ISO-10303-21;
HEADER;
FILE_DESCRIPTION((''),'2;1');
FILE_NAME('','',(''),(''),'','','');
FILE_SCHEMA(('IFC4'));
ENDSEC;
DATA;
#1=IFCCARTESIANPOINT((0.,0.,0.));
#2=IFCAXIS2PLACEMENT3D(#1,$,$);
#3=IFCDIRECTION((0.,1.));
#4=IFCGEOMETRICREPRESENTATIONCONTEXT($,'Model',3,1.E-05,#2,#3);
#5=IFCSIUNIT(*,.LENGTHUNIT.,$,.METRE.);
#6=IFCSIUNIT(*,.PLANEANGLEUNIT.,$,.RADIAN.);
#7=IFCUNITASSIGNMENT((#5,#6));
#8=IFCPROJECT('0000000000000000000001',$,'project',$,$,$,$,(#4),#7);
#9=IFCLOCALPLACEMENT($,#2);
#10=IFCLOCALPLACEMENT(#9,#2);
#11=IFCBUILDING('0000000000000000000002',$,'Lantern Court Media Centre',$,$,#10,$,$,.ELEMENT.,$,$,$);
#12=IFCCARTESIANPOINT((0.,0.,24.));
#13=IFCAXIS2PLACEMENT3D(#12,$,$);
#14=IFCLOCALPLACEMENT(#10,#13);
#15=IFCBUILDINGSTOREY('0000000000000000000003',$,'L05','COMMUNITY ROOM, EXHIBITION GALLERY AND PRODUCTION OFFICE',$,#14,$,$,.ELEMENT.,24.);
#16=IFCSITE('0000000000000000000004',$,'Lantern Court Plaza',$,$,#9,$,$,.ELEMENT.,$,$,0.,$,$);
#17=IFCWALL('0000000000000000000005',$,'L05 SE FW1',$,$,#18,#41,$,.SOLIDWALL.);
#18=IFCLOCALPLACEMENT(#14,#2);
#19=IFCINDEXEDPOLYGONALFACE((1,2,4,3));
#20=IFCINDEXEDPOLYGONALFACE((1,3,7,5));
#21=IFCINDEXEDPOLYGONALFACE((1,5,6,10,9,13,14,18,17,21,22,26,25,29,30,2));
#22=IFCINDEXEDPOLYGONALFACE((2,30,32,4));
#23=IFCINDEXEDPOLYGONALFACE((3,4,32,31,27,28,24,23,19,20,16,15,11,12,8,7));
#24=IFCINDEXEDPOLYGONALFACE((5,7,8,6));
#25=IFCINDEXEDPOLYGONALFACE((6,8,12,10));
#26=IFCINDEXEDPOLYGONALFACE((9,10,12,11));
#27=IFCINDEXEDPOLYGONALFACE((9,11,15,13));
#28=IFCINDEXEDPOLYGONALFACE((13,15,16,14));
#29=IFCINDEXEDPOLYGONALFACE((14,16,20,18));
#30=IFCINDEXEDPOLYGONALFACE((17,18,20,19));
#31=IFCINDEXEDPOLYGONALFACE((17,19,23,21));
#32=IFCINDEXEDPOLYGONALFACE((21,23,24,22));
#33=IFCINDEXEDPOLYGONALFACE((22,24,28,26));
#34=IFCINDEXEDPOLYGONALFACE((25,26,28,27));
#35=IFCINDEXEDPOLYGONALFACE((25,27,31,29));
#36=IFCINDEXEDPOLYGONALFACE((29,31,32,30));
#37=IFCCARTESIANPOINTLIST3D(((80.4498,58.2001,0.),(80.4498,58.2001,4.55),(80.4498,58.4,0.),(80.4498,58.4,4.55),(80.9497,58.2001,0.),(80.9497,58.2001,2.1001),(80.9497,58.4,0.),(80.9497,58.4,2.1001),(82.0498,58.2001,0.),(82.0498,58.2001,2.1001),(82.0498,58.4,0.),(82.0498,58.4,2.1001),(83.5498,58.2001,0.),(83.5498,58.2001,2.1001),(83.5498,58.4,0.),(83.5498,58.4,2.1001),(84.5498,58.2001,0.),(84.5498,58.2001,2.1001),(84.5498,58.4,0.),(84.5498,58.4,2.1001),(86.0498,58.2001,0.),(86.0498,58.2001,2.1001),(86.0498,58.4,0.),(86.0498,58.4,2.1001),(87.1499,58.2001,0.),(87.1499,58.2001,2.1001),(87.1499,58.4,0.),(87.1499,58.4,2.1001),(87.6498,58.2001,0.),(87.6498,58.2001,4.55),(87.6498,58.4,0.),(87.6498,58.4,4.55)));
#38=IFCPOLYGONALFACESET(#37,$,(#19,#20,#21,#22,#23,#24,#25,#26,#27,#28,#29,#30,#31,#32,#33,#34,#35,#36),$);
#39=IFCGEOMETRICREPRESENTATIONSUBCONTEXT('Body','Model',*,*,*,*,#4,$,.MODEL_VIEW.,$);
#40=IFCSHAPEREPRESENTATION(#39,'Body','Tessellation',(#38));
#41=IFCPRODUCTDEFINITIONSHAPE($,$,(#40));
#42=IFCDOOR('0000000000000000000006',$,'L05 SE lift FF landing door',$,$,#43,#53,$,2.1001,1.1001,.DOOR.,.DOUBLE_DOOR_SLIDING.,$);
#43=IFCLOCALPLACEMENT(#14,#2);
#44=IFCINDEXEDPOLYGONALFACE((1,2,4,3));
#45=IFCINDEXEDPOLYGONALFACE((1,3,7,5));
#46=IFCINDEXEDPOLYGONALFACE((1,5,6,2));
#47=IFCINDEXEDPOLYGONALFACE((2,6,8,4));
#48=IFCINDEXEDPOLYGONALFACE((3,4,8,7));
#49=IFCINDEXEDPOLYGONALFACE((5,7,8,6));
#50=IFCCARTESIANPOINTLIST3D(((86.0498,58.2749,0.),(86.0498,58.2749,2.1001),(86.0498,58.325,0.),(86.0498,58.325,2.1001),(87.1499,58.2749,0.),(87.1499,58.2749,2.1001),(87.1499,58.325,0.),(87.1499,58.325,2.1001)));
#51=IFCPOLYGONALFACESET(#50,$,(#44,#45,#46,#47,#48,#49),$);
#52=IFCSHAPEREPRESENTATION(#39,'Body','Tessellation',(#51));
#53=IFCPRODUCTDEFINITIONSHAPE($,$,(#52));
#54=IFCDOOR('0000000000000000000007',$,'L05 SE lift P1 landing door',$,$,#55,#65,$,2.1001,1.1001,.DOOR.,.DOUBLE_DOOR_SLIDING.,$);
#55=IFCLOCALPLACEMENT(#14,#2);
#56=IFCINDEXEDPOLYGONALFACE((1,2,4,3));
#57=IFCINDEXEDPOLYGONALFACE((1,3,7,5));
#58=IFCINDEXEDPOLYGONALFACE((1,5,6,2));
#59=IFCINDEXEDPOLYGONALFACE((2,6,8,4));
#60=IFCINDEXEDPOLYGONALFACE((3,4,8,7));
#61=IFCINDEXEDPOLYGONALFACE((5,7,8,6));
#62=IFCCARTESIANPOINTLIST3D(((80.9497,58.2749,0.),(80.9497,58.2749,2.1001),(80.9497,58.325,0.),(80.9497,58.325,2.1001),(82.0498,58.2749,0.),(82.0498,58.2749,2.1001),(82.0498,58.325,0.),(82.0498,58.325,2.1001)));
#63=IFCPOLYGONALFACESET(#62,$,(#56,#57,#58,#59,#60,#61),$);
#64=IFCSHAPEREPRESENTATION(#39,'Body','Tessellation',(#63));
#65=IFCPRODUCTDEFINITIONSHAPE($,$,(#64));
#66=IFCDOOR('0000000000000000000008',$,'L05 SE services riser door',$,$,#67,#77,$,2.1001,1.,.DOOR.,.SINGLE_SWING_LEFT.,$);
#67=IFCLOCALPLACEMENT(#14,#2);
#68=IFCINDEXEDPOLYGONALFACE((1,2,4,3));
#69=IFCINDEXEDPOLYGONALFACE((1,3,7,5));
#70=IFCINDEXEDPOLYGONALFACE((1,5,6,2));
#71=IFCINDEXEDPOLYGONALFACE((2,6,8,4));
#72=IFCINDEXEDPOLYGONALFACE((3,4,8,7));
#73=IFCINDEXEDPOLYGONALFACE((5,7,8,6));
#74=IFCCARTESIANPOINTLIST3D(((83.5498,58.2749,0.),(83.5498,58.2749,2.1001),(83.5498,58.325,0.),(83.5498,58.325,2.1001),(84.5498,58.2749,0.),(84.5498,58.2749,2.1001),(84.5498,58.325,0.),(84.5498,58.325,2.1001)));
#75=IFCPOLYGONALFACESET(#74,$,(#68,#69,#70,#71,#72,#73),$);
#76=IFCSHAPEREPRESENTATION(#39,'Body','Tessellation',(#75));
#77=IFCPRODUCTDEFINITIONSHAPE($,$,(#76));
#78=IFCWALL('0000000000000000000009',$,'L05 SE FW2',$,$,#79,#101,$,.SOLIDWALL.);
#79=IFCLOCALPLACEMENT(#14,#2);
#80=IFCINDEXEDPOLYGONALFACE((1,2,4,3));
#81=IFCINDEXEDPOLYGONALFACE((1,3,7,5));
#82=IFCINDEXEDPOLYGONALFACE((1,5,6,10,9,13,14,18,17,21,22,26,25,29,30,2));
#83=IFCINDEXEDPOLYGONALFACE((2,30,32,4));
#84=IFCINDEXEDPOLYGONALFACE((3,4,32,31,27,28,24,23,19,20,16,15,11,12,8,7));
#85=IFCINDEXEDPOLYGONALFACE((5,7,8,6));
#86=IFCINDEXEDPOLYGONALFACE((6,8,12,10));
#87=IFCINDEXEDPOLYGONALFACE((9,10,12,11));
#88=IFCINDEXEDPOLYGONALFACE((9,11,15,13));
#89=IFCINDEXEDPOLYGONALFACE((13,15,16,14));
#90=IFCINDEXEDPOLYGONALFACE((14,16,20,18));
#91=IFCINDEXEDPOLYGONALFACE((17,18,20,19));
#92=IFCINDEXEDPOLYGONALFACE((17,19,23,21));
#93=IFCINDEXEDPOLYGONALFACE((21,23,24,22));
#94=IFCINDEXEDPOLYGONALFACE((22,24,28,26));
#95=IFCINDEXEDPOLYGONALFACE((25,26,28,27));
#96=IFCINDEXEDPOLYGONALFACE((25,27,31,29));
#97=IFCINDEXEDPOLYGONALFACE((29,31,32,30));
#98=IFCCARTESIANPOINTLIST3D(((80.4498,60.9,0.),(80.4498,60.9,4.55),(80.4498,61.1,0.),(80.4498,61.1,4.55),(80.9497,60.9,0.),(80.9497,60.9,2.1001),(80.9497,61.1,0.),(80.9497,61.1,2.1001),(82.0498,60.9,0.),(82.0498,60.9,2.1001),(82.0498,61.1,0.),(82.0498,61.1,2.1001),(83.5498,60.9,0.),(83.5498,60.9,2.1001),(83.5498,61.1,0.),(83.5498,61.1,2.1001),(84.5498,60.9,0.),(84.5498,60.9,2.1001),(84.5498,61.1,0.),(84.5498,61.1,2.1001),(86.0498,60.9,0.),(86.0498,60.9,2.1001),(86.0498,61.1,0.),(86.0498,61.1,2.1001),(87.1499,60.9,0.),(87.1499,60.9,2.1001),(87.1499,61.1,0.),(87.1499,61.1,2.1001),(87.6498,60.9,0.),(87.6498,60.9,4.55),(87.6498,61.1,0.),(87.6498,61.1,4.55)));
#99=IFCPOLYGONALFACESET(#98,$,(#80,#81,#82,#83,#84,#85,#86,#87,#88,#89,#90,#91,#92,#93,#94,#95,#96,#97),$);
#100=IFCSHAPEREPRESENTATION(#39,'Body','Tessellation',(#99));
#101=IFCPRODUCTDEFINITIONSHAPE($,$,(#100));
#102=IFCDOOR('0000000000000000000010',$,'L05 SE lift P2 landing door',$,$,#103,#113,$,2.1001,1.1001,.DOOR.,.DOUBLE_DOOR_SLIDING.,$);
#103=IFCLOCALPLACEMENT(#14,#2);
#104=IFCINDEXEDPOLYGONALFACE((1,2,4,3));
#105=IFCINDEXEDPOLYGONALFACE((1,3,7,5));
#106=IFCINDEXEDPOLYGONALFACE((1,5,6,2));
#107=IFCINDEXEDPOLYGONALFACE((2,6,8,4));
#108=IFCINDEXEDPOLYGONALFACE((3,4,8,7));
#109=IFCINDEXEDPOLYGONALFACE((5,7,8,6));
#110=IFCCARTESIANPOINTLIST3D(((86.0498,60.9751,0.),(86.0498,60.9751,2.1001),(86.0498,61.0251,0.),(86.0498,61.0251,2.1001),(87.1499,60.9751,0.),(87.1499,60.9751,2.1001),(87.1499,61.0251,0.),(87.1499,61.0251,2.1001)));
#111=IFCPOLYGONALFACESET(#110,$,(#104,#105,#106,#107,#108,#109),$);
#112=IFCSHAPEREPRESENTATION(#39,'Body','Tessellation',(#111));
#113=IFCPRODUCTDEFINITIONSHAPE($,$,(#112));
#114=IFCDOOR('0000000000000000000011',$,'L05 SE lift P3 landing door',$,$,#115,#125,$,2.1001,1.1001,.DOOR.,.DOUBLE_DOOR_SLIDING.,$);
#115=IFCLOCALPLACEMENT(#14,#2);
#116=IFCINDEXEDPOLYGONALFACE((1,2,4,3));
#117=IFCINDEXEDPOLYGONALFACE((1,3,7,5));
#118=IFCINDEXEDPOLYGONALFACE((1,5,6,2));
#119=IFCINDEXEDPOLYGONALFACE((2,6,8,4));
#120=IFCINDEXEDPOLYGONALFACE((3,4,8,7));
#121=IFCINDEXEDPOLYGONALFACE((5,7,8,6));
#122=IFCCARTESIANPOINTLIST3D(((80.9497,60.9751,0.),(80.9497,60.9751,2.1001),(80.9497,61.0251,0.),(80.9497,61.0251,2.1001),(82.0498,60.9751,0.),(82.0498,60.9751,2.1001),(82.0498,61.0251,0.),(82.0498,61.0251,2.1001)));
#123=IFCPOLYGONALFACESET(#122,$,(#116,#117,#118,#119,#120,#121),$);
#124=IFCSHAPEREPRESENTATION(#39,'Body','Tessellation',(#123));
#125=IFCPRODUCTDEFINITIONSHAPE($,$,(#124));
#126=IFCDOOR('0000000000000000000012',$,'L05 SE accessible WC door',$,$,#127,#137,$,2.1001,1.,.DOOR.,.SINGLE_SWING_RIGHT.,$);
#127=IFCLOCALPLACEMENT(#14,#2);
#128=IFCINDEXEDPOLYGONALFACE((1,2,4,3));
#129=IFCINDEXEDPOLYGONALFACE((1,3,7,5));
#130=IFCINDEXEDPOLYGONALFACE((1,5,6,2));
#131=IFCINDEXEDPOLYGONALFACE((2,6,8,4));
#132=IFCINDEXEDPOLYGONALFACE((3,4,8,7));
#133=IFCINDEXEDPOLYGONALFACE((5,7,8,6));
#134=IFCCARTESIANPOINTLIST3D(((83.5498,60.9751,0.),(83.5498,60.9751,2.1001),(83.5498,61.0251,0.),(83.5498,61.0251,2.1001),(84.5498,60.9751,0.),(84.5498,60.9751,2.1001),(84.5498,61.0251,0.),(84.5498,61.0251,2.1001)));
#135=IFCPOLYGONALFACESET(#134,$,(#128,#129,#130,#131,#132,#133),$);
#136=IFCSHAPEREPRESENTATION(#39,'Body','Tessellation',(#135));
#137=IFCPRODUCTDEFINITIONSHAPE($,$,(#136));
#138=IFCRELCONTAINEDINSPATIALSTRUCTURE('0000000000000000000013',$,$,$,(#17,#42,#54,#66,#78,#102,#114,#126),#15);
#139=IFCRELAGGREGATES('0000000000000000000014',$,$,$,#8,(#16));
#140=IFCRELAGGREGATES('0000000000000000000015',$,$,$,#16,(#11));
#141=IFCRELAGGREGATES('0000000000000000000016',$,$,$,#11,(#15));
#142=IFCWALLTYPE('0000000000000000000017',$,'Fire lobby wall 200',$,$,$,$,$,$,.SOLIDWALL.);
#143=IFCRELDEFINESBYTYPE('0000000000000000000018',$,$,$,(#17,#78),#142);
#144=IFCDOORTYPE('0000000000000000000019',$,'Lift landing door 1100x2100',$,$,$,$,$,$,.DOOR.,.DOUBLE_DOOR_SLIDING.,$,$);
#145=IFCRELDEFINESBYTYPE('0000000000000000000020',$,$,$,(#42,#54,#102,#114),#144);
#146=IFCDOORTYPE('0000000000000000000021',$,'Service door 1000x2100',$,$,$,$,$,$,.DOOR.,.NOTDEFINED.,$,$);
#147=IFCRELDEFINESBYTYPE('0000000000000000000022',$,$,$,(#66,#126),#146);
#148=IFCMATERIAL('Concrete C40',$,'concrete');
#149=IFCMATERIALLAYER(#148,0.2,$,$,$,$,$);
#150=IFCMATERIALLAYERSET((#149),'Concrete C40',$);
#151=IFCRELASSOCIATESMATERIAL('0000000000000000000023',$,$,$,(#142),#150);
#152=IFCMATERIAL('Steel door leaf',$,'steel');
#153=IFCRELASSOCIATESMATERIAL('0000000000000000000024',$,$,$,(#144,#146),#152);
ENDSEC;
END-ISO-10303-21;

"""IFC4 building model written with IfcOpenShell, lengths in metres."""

from ifc_helpers import new_model, si_unit, direction, frame, frame_2d, origin, place, context, subcontext, project, spatial, rectangle, extrude, material, layer, layer_set, type_object, element, fill, save


model = new_model("IFC4")

# Units and contexts
model_context = context("Model", 3, precision=1e-05, world=origin(), true_north=direction((0.0, 1.0)))
body_context = subcontext(model_context, "Body", "Model", "MODEL_VIEW")
ifc_project = project(units=[si_unit("LENGTHUNIT", "METRE"), si_unit("PLANEANGLEUNIT", "RADIAN")], contexts=[model_context])

# Site, building, storey
site_placement = place(None, origin())
site = spatial("IfcSite", under=ifc_project, at=site_placement, Name="Lantern Court Plaza", CompositionType="ELEMENT", RefElevation=0.0)
building_placement = place(site_placement, origin())
building = spatial("IfcBuilding", under=site, at=building_placement, Name="Lantern Court Media Centre", CompositionType="ELEMENT")
storey_placement = place(building_placement, frame((0.0, 0.0, 24.0)))
storey = spatial("IfcBuildingStorey", under=building, at=storey_placement, Name="L05", Description="COMMUNITY ROOM, EXHIBITION GALLERY AND PRODUCTION OFFICE", CompositionType="ELEMENT", Elevation=24.0)

# Walls, openings, doors
ifc_material_1 = material(Name="Concrete C40", Category="concrete")
ifc_layer_1 = layer(ifc_material_1, 0.2)
ifc_layer_set_1 = layer_set([ifc_layer_1], Name="Concrete C40")
wall_type_1 = type_object("IfcWallType", Name="Fire lobby wall 200", PredefinedType="SOLIDWALL", material=ifc_layer_set_1)
wall_1_placement = place(storey_placement, frame((87.6499, 58.3, 0.0), z_axis=(0.0, 0.0, 1.0), x_axis=(-1.0, 0.0, 0.0)))
wall_1 = element("IfcWall", 1, at=wall_1_placement, inside=storey, type_object=wall_type_1, Name="L05 SE FW1", PredefinedType="SOLIDWALL", context=body_context, shape_type="SweptSolid", body=[
    extrude(rectangle(XDim=7.2, YDim=0.2, at=frame_2d((3.6001, 0.0))), origin(), (0.0, 0.0, 1.0), 4.55),
])
opening_1_placement = place(wall_1_placement, frame((0.5, 0.0, 0.0)))
opening_1 = element("IfcOpeningElement", 2, at=opening_1_placement, cuts=wall_1, PredefinedType="OPENING", context=body_context, shape_type="SweptSolid", body=[
    extrude(rectangle(XDim=1.1001, YDim=2.1001, at=frame_2d((0.55, 1.05))), frame((0.0, 0.1099, 0.0), z_axis=(0.0, -1.0, 0.0), x_axis=(1.0, 0.0, 0.0)), (0.0, 0.0, 1.0), 0.22),
])
opening_2_placement = place(wall_1_placement, frame((5.6001, 0.0, 0.0)))
opening_2 = element("IfcOpeningElement", 3, at=opening_2_placement, cuts=wall_1, PredefinedType="OPENING", context=body_context, shape_type="SweptSolid", body=[
    extrude(rectangle(XDim=1.1001, YDim=2.1001, at=frame_2d((0.55, 1.05))), frame((0.0, 0.1099, 0.0), z_axis=(0.0, -1.0, 0.0), x_axis=(1.0, 0.0, 0.0)), (0.0, 0.0, 1.0), 0.22),
])
opening_3_placement = place(wall_1_placement, frame((3.1001, 0.0, 0.0)))
opening_3 = element("IfcOpeningElement", 4, at=opening_3_placement, cuts=wall_1, PredefinedType="OPENING", context=body_context, shape_type="SweptSolid", body=[
    extrude(rectangle(XDim=1.0, YDim=2.1001, at=frame_2d((0.5, 1.05))), frame((0.0, 0.1099, 0.0), z_axis=(0.0, -1.0, 0.0), x_axis=(1.0, 0.0, 0.0)), (0.0, 0.0, 1.0), 0.22),
])
ifc_material_2 = material(Name="Steel door leaf", Category="steel")
door_type_1 = type_object("IfcDoorType", Name="Lift landing door 1100x2100", OperationType="DOUBLE_DOOR_SLIDING", PredefinedType="DOOR", material=ifc_material_2)
door_1_placement = place(opening_1_placement, frame((1.1001, 0.0, 0.0), z_axis=(0.0, 0.0, 1.0), x_axis=(-1.0, 0.0, 0.0)))
door_1 = element("IfcDoor", 5, at=door_1_placement, inside=storey, type_object=door_type_1, Name="L05 SE lift FF landing door", OperationType="DOUBLE_DOOR_SLIDING", OverallHeight=2.1001, OverallWidth=1.1001, PredefinedType="DOOR", context=body_context, shape_type="SweptSolid", body=[
    extrude(rectangle(XDim=1.1001, YDim=2.1001, at=frame_2d((0.55, 1.05))), frame((0.0, 0.0249, 0.0), z_axis=(0.0, -1.0, 0.0), x_axis=(1.0, 0.0, 0.0)), (0.0, 0.0, 1.0), 0.05),
])
fill(opening_1, door_1)
door_2_placement = place(opening_2_placement, frame((1.1001, 0.0, 0.0), z_axis=(0.0, 0.0, 1.0), x_axis=(-1.0, 0.0, 0.0)))
door_2 = element("IfcDoor", 6, at=door_2_placement, inside=storey, type_object=door_type_1, Name="L05 SE lift P1 landing door", OperationType="DOUBLE_DOOR_SLIDING", OverallHeight=2.1001, OverallWidth=1.1001, PredefinedType="DOOR", context=body_context, shape_type="SweptSolid", body=[
    extrude(rectangle(XDim=1.1001, YDim=2.1001, at=frame_2d((0.55, 1.05))), frame((0.0, 0.0249, 0.0), z_axis=(0.0, -1.0, 0.0), x_axis=(1.0, 0.0, 0.0)), (0.0, 0.0, 1.0), 0.05),
])
fill(opening_2, door_2)
door_type_2 = type_object("IfcDoorType", Name="Service door 1000x2100", OperationType="NOTDEFINED", PredefinedType="DOOR", material=ifc_material_2)
door_3_placement = place(opening_3_placement, frame((1.0, 0.0, 0.0), z_axis=(0.0, 0.0, 1.0), x_axis=(-1.0, 0.0, 0.0)))
door_3 = element("IfcDoor", 7, at=door_3_placement, inside=storey, type_object=door_type_2, Name="L05 SE services riser door", OperationType="SINGLE_SWING_LEFT", OverallHeight=2.1001, OverallWidth=1.0, PredefinedType="DOOR", context=body_context, shape_type="SweptSolid", body=[
    extrude(rectangle(XDim=1.0, YDim=2.1001, at=frame_2d((0.5, 1.05))), frame((0.0, 0.0249, 0.0), z_axis=(0.0, -1.0, 0.0), x_axis=(1.0, 0.0, 0.0)), (0.0, 0.0, 1.0), 0.05),
])
fill(opening_3, door_3)
wall_2_placement = place(storey_placement, frame((87.6499, 61.0, 0.0), z_axis=(0.0, 0.0, 1.0), x_axis=(-1.0, 0.0, 0.0)))
wall_2 = element("IfcWall", 8, at=wall_2_placement, inside=storey, type_object=wall_type_1, Name="L05 SE FW2", PredefinedType="SOLIDWALL", context=body_context, shape_type="SweptSolid", body=[
    extrude(rectangle(XDim=7.2, YDim=0.2, at=frame_2d((3.6001, 0.0))), origin(), (0.0, 0.0, 1.0), 4.55),
])
opening_4_placement = place(wall_2_placement, frame((0.5, 0.0, 0.0)))
opening_4 = element("IfcOpeningElement", 9, at=opening_4_placement, cuts=wall_2, PredefinedType="OPENING", context=body_context, shape_type="SweptSolid", body=[
    extrude(rectangle(XDim=1.1001, YDim=2.1001, at=frame_2d((0.55, 1.05))), frame((0.0, 0.1099, 0.0), z_axis=(0.0, -1.0, 0.0), x_axis=(1.0, 0.0, 0.0)), (0.0, 0.0, 1.0), 0.22),
])
opening_5_placement = place(wall_2_placement, frame((5.6001, 0.0, 0.0)))
opening_5 = element("IfcOpeningElement", 10, at=opening_5_placement, cuts=wall_2, PredefinedType="OPENING", context=body_context, shape_type="SweptSolid", body=[
    extrude(rectangle(XDim=1.1001, YDim=2.1001, at=frame_2d((0.55, 1.05))), frame((0.0, 0.1099, 0.0), z_axis=(0.0, -1.0, 0.0), x_axis=(1.0, 0.0, 0.0)), (0.0, 0.0, 1.0), 0.22),
])
opening_6_placement = place(wall_2_placement, frame((3.1001, 0.0, 0.0)))
opening_6 = element("IfcOpeningElement", 11, at=opening_6_placement, cuts=wall_2, PredefinedType="OPENING", context=body_context, shape_type="SweptSolid", body=[
    extrude(rectangle(XDim=1.0, YDim=2.1001, at=frame_2d((0.5, 1.05))), frame((0.0, 0.1099, 0.0), z_axis=(0.0, -1.0, 0.0), x_axis=(1.0, 0.0, 0.0)), (0.0, 0.0, 1.0), 0.22),
])
door_4_placement = place(opening_4_placement, origin())
door_4 = element("IfcDoor", 12, at=door_4_placement, inside=storey, type_object=door_type_1, Name="L05 SE lift P2 landing door", OperationType="DOUBLE_DOOR_SLIDING", OverallHeight=2.1001, OverallWidth=1.1001, PredefinedType="DOOR", context=body_context, shape_type="SweptSolid", body=[
    extrude(rectangle(XDim=1.1001, YDim=2.1001, at=frame_2d((0.55, 1.05))), frame((0.0, 0.0249, 0.0), z_axis=(0.0, -1.0, 0.0), x_axis=(1.0, 0.0, 0.0)), (0.0, 0.0, 1.0), 0.05),
])
fill(opening_4, door_4)
door_5_placement = place(opening_5_placement, origin())
door_5 = element("IfcDoor", 13, at=door_5_placement, inside=storey, type_object=door_type_1, Name="L05 SE lift P3 landing door", OperationType="DOUBLE_DOOR_SLIDING", OverallHeight=2.1001, OverallWidth=1.1001, PredefinedType="DOOR", context=body_context, shape_type="SweptSolid", body=[
    extrude(rectangle(XDim=1.1001, YDim=2.1001, at=frame_2d((0.55, 1.05))), frame((0.0, 0.0249, 0.0), z_axis=(0.0, -1.0, 0.0), x_axis=(1.0, 0.0, 0.0)), (0.0, 0.0, 1.0), 0.05),
])
fill(opening_5, door_5)
door_6_placement = place(opening_6_placement, origin())
door_6 = element("IfcDoor", 14, at=door_6_placement, inside=storey, type_object=door_type_2, Name="L05 SE accessible WC door", OperationType="SINGLE_SWING_RIGHT", OverallHeight=2.1001, OverallWidth=1.0, PredefinedType="DOOR", context=body_context, shape_type="SweptSolid", body=[
    extrude(rectangle(XDim=1.0, YDim=2.1001, at=frame_2d((0.5, 1.05))), frame((0.0, 0.0249, 0.0), z_axis=(0.0, -1.0, 0.0), x_axis=(1.0, 0.0, 0.0)), (0.0, 0.0, 1.0), 0.05),
])
fill(opening_6, door_6)

save(model, "model.ifc")
